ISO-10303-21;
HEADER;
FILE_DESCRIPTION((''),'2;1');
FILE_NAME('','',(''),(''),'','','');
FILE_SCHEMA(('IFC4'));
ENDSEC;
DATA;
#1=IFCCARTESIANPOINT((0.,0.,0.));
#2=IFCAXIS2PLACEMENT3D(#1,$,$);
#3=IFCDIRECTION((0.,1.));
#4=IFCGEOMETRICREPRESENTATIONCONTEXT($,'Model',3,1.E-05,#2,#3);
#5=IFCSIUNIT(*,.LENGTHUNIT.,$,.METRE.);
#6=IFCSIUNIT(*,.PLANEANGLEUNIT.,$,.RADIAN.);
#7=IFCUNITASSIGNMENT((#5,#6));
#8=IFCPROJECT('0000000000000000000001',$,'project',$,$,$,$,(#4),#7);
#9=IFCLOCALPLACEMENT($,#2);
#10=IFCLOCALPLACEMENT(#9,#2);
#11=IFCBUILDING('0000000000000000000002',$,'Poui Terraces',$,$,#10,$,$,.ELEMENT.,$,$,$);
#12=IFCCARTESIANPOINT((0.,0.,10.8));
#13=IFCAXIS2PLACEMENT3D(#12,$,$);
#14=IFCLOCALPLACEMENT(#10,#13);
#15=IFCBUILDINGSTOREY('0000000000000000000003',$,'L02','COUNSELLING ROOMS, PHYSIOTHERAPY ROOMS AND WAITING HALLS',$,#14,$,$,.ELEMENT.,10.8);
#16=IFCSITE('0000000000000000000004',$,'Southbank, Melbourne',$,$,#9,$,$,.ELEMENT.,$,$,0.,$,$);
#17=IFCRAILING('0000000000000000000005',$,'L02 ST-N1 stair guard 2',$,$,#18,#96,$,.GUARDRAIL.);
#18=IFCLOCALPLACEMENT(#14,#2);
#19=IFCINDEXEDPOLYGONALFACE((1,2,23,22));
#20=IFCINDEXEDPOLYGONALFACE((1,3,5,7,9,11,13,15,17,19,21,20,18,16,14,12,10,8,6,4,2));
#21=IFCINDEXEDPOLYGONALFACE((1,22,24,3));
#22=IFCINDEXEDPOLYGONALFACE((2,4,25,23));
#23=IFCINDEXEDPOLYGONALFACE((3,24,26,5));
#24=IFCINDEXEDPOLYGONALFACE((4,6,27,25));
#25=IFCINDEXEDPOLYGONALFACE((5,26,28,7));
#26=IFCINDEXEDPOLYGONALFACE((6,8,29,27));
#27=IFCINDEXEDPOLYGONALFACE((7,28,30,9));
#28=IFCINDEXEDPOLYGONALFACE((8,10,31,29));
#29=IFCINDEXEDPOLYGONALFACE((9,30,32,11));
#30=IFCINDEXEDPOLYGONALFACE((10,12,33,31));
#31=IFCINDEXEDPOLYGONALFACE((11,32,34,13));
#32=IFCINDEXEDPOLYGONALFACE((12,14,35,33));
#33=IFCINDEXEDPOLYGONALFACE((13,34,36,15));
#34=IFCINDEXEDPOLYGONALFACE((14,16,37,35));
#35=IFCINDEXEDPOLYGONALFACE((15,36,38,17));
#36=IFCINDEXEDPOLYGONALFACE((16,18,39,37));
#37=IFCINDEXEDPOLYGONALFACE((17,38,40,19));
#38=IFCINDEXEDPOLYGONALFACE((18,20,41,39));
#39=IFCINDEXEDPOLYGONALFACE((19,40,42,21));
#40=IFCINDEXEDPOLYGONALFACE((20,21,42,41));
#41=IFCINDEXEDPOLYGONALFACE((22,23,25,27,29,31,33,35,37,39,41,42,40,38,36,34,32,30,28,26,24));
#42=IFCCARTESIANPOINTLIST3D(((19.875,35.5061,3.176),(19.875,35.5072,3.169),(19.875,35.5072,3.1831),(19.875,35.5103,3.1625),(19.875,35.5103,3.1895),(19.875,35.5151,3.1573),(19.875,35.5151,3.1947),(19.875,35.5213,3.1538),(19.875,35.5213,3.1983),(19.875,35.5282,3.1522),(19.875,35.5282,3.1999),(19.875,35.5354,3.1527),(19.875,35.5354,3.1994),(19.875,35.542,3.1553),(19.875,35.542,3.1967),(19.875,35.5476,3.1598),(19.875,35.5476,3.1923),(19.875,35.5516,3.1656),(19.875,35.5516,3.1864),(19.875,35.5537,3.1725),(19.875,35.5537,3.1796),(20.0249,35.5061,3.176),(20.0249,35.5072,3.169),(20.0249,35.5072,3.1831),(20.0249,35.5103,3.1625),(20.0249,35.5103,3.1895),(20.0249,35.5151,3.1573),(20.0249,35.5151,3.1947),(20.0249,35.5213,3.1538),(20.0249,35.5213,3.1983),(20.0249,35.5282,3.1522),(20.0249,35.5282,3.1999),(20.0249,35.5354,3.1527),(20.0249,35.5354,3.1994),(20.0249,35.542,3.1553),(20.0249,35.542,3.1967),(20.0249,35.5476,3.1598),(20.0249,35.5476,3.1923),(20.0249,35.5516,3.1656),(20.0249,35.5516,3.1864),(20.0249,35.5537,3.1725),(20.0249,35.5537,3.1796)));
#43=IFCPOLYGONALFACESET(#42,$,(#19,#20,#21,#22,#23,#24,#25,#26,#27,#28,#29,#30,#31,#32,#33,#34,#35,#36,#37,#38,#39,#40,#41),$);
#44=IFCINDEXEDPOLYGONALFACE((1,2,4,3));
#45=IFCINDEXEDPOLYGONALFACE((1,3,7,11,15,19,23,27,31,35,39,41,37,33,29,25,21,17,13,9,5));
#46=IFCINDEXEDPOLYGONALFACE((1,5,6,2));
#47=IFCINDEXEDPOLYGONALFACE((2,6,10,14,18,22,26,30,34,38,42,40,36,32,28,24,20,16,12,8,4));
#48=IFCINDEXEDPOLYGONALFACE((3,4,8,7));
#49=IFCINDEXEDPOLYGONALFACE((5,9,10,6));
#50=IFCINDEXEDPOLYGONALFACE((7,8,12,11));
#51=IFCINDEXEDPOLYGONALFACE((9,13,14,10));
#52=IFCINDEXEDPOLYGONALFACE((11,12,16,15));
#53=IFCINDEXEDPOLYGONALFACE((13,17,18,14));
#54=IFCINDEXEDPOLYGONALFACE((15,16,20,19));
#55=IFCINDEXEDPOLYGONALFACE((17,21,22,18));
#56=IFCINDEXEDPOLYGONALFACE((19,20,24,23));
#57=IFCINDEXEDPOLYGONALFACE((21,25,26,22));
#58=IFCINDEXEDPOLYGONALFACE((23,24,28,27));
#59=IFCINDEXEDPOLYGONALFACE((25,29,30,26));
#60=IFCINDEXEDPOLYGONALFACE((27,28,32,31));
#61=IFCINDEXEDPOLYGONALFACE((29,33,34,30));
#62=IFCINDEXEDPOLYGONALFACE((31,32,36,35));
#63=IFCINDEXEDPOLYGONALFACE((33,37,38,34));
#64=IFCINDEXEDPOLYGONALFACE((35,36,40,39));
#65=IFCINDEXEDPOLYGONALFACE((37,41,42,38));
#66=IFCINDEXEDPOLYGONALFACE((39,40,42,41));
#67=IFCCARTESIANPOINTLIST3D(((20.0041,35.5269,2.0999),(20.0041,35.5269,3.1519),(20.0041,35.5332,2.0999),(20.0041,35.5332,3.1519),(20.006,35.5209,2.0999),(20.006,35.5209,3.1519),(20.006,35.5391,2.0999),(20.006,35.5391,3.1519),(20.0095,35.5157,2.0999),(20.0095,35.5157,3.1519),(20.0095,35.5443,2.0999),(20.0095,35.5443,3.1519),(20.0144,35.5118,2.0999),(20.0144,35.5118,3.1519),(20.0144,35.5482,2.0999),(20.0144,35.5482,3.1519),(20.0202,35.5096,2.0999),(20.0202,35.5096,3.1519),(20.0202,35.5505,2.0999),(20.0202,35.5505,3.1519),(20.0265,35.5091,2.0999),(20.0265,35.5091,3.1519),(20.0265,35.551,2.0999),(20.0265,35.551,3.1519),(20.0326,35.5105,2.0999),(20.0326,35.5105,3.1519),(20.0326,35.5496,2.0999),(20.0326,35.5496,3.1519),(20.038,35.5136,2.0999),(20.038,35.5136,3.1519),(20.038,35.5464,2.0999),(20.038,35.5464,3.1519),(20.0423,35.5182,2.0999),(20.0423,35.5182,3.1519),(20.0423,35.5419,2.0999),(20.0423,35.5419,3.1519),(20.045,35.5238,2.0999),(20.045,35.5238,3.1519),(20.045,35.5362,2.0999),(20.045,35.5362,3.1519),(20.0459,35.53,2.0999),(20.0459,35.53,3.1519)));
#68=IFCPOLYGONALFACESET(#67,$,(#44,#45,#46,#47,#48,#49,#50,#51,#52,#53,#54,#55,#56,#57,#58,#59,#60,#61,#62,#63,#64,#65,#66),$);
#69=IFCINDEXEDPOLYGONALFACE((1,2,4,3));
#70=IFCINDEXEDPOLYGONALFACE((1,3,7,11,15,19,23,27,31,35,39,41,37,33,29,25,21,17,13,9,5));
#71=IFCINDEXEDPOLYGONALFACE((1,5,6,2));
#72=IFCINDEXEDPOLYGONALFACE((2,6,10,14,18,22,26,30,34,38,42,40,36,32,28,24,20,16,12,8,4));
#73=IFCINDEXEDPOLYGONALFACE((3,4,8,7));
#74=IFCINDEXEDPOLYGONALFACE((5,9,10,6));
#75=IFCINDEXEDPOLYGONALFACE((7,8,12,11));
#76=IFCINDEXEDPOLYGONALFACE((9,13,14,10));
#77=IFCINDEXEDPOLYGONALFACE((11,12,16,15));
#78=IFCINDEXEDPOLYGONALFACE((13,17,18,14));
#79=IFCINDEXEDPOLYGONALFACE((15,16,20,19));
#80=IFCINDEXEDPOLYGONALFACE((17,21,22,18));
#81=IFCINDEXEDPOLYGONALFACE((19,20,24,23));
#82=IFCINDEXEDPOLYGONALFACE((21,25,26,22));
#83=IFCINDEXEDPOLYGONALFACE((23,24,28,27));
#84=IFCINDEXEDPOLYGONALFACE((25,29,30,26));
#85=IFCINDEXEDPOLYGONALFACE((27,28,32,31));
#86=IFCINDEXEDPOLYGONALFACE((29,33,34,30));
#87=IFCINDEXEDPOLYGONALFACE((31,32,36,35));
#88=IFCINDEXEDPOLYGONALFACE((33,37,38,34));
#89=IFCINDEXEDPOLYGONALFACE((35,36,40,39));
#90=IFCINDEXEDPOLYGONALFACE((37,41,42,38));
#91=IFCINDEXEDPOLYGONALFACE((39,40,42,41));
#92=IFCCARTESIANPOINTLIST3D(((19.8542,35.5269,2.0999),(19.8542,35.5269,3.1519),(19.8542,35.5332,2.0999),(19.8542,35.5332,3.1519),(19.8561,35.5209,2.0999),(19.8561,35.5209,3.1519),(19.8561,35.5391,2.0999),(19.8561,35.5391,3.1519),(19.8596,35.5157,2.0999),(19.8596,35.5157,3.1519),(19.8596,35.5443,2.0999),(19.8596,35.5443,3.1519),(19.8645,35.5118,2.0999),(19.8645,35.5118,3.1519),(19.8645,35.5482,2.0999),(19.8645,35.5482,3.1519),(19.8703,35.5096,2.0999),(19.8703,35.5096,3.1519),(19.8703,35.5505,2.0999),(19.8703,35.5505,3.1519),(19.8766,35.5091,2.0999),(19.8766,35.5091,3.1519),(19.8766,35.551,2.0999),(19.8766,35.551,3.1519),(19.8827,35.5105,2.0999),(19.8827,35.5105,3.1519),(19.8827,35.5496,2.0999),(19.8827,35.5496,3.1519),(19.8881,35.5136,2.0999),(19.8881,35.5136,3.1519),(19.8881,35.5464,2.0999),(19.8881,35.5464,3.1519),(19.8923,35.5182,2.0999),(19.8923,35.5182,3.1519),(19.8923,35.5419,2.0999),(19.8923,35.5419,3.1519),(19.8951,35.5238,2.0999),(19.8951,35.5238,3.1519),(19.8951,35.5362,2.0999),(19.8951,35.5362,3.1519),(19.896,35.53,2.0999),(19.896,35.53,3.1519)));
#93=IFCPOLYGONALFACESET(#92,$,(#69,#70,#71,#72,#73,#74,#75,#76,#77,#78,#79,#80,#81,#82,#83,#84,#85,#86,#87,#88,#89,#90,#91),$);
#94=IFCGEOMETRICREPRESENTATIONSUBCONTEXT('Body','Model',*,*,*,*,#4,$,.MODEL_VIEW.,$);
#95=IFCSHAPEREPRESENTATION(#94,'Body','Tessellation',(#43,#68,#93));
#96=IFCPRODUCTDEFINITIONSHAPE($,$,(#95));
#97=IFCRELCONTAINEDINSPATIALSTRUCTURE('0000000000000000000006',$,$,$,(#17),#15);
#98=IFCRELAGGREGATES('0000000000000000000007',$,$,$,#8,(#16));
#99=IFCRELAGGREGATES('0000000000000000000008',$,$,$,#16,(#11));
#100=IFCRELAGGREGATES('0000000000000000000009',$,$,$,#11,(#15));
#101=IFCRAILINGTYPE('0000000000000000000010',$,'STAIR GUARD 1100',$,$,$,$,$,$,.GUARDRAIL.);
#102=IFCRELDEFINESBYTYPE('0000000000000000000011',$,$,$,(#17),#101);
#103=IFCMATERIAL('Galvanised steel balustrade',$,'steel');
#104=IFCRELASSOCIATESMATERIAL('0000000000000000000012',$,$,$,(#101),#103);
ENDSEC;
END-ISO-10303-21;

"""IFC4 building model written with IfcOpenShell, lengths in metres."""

from ifc_helpers import new_model, si_unit, direction, frame, origin, origin_2d, place, context, subcontext, project, spatial, circle, extrude, material, type_object, element, save


model = new_model("IFC4")

# Units and contexts
model_context = context("Model", 3, precision=1e-05, world=origin(), true_north=direction((0.0, 1.0)))
body_context = subcontext(model_context, "Body", "Model", "MODEL_VIEW")
ifc_project = project(units=[si_unit("LENGTHUNIT", "METRE"), si_unit("PLANEANGLEUNIT", "RADIAN")], contexts=[model_context])

# Site, building, storey
site_placement = place(None, origin())
site = spatial("IfcSite", under=ifc_project, at=site_placement, Name="Southbank, Melbourne", CompositionType="ELEMENT", RefElevation=0.0)
building_placement = place(site_placement, origin())
building = spatial("IfcBuilding", under=site, at=building_placement, Name="Poui Terraces", CompositionType="ELEMENT")
storey_placement = place(building_placement, frame((0.0, 0.0, 10.8)))
storey = spatial("IfcBuildingStorey", under=building, at=storey_placement, Name="L02", Description="COUNSELLING ROOMS, PHYSIOTHERAPY ROOMS AND WAITING HALLS", CompositionType="ELEMENT", Elevation=10.8)

# Railing
ifc_material_1 = material(Name="Galvanised steel balustrade", Category="steel")
railing_type_1 = type_object("IfcRailingType", Name="STAIR GUARD 1100", PredefinedType="GUARDRAIL", material=ifc_material_1)
railing_1_placement = place(storey_placement, frame((20.0249, 35.53, 2.0999)))
element("IfcRailing", 1, at=railing_1_placement, inside=storey, type_object=railing_type_1, Name="L02 ST-N1 stair guard 2", PredefinedType="GUARDRAIL", context=body_context, shape_type="SweptSolid", body=[
    extrude(circle(Radius=0.0239, at=origin_2d()), frame((0.0, 0.0, 1.0762), z_axis=(-1.0, 0.0, 0.0), x_axis=(0.0, -1.0, 0.0)), (0.0, 0.0, 1.0), 0.1499),
    extrude(circle(Radius=0.021, at=origin_2d()), origin(), (0.0, 0.0, 1.0), 1.052),
    extrude(circle(Radius=0.021, at=origin_2d()), frame((-0.1499, 0.0, 0.0)), (0.0, 0.0, 1.0), 1.052),
])

save(model, "model.ifc")
